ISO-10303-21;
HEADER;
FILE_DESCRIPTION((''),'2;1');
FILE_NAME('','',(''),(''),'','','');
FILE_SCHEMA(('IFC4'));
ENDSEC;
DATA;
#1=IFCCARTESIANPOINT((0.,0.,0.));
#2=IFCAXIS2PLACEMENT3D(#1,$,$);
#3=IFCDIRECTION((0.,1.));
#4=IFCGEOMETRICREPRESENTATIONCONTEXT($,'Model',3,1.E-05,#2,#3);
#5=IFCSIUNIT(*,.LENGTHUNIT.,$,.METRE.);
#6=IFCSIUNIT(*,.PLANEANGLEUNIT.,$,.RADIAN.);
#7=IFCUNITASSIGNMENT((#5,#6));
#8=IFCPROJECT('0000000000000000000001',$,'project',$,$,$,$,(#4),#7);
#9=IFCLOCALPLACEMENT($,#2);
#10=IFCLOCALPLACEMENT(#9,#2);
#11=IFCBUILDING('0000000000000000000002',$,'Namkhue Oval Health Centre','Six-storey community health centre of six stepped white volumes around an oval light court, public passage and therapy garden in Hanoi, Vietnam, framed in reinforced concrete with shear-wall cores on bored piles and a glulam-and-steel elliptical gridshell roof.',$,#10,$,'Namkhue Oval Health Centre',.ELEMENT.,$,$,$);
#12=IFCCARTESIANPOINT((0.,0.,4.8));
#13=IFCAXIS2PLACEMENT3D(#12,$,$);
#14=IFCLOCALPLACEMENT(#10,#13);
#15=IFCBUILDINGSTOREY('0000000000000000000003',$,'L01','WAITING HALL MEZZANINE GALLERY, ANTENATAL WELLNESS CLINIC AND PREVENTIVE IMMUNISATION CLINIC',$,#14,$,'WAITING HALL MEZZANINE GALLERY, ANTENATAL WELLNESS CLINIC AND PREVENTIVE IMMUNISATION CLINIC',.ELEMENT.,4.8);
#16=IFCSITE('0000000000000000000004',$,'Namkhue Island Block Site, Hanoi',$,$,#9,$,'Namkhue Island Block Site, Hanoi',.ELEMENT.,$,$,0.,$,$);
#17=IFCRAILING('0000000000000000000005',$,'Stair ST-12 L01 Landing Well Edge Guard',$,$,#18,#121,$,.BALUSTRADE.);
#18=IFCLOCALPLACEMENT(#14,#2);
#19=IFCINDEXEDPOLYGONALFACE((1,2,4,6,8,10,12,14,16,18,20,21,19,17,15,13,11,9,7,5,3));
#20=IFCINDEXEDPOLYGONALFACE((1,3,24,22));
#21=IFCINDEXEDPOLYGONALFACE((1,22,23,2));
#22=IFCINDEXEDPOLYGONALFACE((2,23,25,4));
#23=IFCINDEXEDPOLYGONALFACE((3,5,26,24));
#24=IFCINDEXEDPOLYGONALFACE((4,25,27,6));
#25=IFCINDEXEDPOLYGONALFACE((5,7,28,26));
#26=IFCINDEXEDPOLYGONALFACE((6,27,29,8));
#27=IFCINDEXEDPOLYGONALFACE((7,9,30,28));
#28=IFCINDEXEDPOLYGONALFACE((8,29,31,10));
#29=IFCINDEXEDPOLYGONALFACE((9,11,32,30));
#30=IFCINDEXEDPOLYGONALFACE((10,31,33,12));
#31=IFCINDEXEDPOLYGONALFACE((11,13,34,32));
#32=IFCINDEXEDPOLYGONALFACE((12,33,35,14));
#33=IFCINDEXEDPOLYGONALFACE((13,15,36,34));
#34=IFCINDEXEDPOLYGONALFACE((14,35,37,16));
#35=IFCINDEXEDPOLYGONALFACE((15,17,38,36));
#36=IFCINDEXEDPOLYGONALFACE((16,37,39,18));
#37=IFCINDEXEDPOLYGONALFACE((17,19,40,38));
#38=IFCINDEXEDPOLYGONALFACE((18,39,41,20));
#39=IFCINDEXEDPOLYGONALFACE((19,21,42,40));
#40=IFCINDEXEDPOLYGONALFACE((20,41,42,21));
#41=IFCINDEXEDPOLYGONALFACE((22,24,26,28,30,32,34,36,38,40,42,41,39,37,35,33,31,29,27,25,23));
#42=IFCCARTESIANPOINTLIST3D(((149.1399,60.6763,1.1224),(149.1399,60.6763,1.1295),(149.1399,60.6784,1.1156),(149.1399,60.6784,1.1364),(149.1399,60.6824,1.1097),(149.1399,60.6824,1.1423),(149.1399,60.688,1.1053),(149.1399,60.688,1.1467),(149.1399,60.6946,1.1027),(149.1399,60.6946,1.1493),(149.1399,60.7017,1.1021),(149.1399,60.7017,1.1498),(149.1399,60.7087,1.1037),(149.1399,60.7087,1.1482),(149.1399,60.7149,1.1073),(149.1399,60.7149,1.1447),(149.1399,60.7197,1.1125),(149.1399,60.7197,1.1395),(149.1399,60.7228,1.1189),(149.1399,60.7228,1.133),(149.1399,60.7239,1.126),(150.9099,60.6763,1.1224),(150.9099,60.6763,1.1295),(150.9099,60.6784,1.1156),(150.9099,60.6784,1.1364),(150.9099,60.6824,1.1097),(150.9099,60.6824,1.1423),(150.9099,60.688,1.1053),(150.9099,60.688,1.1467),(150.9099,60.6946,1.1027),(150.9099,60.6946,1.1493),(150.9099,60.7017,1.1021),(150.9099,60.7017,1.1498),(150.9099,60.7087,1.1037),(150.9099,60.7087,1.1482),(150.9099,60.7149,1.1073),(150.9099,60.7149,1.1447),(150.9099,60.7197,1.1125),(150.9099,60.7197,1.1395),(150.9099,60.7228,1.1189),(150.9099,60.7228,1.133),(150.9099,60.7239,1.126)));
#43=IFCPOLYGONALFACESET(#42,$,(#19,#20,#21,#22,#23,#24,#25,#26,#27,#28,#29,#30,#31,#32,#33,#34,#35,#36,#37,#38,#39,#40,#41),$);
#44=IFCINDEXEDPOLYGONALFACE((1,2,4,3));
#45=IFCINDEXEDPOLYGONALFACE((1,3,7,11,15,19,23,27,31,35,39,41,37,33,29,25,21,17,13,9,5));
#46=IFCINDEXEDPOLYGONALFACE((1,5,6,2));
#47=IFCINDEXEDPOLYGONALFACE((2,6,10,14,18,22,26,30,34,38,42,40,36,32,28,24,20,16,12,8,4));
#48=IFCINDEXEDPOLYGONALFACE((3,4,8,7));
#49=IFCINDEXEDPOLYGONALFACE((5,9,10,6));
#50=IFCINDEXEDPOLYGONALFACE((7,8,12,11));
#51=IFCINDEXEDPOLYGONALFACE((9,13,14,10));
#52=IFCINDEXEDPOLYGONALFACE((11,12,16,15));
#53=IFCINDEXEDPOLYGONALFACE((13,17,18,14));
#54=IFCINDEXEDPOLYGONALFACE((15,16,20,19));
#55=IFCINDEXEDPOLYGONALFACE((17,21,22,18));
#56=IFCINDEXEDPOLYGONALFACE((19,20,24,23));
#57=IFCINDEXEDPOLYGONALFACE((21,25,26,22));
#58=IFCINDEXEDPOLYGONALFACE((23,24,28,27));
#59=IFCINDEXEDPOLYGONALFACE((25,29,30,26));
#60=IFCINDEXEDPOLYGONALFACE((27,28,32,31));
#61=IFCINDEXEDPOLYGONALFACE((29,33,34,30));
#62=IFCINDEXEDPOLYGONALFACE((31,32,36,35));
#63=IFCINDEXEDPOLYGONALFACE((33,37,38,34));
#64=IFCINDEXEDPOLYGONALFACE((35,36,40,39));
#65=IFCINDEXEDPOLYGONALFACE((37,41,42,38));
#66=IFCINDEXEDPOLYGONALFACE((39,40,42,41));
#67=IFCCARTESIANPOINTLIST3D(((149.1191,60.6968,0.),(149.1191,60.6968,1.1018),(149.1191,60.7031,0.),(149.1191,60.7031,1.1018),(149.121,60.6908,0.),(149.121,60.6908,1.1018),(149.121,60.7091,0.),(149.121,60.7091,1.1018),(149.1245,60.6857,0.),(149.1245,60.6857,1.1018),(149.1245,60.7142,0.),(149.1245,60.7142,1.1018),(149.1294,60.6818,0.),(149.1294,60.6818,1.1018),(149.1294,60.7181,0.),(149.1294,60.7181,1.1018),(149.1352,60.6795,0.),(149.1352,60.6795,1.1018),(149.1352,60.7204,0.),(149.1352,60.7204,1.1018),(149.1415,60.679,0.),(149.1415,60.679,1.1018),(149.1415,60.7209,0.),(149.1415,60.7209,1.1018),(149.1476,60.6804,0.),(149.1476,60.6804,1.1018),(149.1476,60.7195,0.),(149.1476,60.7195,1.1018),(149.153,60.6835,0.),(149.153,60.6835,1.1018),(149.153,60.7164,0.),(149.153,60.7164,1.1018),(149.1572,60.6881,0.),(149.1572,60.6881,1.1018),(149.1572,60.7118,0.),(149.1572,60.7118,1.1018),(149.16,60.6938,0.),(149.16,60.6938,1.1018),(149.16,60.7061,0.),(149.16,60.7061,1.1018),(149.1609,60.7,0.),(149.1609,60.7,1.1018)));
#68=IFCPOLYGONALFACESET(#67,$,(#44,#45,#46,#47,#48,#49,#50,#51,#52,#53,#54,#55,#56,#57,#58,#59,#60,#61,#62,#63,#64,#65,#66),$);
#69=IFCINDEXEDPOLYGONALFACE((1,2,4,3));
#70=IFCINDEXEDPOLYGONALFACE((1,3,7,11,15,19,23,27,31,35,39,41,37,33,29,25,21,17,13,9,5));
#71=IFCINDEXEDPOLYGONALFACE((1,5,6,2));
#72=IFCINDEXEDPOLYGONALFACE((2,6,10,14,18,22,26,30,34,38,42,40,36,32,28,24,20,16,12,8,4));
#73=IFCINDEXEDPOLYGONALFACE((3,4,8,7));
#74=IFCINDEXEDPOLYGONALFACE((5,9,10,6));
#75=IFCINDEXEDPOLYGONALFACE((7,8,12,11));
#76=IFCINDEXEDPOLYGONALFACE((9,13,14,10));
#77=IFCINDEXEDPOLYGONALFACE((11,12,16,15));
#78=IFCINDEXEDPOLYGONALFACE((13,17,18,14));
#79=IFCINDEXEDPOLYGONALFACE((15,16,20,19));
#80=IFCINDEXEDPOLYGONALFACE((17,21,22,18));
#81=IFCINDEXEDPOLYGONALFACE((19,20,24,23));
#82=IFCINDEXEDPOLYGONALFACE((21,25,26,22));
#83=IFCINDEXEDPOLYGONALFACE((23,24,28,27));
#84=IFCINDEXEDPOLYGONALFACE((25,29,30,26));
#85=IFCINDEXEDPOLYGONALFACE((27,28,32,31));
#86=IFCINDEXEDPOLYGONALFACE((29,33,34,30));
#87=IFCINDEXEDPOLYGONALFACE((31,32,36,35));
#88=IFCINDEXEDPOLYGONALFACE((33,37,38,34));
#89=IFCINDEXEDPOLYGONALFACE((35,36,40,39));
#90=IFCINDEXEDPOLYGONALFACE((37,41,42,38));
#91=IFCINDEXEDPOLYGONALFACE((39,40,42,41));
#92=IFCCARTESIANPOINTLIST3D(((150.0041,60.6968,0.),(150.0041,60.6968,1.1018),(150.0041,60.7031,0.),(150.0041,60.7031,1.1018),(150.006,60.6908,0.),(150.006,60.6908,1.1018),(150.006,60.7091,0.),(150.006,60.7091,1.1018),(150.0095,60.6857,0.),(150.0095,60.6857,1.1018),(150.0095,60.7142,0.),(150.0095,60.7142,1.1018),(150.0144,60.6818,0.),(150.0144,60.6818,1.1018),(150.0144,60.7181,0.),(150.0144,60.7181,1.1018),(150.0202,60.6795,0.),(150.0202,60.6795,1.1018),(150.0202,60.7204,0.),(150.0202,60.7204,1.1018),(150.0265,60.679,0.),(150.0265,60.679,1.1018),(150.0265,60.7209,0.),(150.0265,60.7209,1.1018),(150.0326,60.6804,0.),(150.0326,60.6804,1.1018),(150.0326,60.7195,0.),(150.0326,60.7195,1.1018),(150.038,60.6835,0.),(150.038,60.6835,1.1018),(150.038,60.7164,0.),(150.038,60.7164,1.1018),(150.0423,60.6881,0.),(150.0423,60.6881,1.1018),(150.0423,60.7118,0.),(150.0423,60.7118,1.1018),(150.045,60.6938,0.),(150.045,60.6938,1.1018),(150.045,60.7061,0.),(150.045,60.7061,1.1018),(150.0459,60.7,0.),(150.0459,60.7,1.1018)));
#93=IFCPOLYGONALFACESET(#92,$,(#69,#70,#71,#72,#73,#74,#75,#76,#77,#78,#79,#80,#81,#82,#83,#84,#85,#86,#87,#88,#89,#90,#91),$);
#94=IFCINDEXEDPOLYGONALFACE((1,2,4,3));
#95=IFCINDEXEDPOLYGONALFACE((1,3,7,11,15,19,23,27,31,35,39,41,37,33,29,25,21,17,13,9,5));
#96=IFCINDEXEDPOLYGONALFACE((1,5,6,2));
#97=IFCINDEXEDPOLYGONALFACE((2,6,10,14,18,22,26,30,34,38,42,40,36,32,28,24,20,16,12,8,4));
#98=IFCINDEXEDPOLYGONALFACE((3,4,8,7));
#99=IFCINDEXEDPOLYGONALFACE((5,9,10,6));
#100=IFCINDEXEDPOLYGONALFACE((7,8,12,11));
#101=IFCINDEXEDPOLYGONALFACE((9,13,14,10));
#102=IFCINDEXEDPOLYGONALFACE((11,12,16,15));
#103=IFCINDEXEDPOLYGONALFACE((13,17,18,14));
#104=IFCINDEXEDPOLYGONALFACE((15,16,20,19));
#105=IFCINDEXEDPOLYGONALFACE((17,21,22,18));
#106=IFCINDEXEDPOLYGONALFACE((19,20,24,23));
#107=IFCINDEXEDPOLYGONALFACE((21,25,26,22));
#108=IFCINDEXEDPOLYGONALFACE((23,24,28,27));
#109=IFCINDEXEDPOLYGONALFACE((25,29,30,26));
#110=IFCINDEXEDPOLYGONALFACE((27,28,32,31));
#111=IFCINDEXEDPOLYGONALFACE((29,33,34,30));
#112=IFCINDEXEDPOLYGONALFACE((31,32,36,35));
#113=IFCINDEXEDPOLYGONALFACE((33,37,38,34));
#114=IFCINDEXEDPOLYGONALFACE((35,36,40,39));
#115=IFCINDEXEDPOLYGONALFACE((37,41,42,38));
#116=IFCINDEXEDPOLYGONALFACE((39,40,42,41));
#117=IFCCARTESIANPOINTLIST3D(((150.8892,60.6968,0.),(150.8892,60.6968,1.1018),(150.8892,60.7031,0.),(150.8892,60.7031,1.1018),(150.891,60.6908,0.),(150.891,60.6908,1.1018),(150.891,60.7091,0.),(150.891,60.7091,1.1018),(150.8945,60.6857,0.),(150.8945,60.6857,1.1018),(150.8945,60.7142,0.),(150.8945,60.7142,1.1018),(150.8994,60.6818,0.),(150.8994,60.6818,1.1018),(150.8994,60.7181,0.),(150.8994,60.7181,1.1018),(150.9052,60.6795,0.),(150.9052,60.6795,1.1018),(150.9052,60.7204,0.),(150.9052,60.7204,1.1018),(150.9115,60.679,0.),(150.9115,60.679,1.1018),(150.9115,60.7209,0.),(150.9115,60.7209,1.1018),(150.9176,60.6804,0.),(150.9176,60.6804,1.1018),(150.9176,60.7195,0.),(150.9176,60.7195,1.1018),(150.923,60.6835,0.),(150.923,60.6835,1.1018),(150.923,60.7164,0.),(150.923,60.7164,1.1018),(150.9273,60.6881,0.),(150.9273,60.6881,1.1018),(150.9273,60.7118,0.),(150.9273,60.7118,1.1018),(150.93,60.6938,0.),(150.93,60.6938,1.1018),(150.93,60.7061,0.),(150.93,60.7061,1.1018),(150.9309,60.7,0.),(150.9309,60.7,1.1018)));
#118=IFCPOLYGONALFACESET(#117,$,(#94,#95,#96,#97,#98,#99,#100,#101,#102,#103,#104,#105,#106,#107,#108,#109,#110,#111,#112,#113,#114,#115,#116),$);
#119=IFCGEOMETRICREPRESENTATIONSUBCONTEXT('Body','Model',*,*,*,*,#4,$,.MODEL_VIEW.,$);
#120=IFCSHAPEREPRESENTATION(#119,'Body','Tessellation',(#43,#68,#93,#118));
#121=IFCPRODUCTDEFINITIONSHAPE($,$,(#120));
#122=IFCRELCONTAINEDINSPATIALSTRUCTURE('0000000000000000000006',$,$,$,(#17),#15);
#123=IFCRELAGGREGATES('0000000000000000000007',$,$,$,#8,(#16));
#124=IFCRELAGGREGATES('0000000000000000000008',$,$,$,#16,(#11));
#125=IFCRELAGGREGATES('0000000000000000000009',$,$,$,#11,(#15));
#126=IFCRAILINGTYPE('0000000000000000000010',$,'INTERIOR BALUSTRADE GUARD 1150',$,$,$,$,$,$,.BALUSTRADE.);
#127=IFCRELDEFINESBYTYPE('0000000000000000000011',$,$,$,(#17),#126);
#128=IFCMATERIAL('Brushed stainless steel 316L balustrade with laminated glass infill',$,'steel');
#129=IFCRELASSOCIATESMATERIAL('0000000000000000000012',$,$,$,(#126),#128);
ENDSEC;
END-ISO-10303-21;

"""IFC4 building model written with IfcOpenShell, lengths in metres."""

from ifc_helpers import new_model, si_unit, direction, frame, origin, origin_2d, place, context, subcontext, project, spatial, circle, extrude, material, type_object, element, save


model = new_model("IFC4")

# Units and contexts
model_context = context("Model", 3, precision=1e-05, world=origin(), true_north=direction((0.0, 1.0)))
body_context = subcontext(model_context, "Body", "Model", "MODEL_VIEW")
ifc_project = project(units=[si_unit("LENGTHUNIT", "METRE"), si_unit("PLANEANGLEUNIT", "RADIAN")], contexts=[model_context])

# Site, building, storey
site_placement = place(None, origin())
site = spatial("IfcSite", under=ifc_project, at=site_placement, Name="Namkhue Island Block Site, Hanoi", LongName="Namkhue Island Block Site, Hanoi", CompositionType="ELEMENT", RefElevation=0.0)
building_placement = place(site_placement, origin())
building = spatial("IfcBuilding", under=site, at=building_placement, Name="Namkhue Oval Health Centre", Description="Six-storey community health centre of six stepped white volumes around an oval light court, public passage and therapy garden in Hanoi, Vietnam, framed in reinforced concrete with shear-wall cores on bored piles and a glulam-and-steel elliptical gridshell roof.", LongName="Namkhue Oval Health Centre", CompositionType="ELEMENT")
storey_placement = place(building_placement, frame((0.0, 0.0, 4.8)))
storey = spatial("IfcBuildingStorey", under=building, at=storey_placement, Name="L01", Description="WAITING HALL MEZZANINE GALLERY, ANTENATAL WELLNESS CLINIC AND PREVENTIVE IMMUNISATION CLINIC", LongName="WAITING HALL MEZZANINE GALLERY, ANTENATAL WELLNESS CLINIC AND PREVENTIVE IMMUNISATION CLINIC", CompositionType="ELEMENT", Elevation=4.8)

# Railing
ifc_material_1 = material(Name="Brushed stainless steel 316L balustrade with laminated glass infill", Category="steel")
railing_type_1 = type_object("IfcRailingType", Name="INTERIOR BALUSTRADE GUARD 1150", PredefinedType="BALUSTRADE", material=ifc_material_1)
railing_1_placement = place(storey_placement, frame((149.1399, 60.7, 0.0)))
element("IfcRailing", 1, at=railing_1_placement, inside=storey, type_object=railing_type_1, Name="Stair ST-12 L01 Landing Well Edge Guard", PredefinedType="BALUSTRADE", context=body_context, shape_type="SweptSolid", body=[
    extrude(circle(Radius=0.0239, at=origin_2d()), frame((0.0, 0.0, 1.126), z_axis=(1.0, 0.0, 0.0), x_axis=(0.0, 1.0, 0.0)), (0.0, 0.0, 1.0), 1.77),
    extrude(circle(Radius=0.021, at=origin_2d()), origin(), (0.0, 0.0, 1.0), 1.1018),
    extrude(circle(Radius=0.021, at=origin_2d()), frame((0.885, 0.0, 0.0)), (0.0, 0.0, 1.0), 1.1018),
    extrude(circle(Radius=0.021, at=origin_2d()), frame((1.77, 0.0, 0.0)), (0.0, 0.0, 1.0), 1.1018),
])

save(model, "model.ifc")
